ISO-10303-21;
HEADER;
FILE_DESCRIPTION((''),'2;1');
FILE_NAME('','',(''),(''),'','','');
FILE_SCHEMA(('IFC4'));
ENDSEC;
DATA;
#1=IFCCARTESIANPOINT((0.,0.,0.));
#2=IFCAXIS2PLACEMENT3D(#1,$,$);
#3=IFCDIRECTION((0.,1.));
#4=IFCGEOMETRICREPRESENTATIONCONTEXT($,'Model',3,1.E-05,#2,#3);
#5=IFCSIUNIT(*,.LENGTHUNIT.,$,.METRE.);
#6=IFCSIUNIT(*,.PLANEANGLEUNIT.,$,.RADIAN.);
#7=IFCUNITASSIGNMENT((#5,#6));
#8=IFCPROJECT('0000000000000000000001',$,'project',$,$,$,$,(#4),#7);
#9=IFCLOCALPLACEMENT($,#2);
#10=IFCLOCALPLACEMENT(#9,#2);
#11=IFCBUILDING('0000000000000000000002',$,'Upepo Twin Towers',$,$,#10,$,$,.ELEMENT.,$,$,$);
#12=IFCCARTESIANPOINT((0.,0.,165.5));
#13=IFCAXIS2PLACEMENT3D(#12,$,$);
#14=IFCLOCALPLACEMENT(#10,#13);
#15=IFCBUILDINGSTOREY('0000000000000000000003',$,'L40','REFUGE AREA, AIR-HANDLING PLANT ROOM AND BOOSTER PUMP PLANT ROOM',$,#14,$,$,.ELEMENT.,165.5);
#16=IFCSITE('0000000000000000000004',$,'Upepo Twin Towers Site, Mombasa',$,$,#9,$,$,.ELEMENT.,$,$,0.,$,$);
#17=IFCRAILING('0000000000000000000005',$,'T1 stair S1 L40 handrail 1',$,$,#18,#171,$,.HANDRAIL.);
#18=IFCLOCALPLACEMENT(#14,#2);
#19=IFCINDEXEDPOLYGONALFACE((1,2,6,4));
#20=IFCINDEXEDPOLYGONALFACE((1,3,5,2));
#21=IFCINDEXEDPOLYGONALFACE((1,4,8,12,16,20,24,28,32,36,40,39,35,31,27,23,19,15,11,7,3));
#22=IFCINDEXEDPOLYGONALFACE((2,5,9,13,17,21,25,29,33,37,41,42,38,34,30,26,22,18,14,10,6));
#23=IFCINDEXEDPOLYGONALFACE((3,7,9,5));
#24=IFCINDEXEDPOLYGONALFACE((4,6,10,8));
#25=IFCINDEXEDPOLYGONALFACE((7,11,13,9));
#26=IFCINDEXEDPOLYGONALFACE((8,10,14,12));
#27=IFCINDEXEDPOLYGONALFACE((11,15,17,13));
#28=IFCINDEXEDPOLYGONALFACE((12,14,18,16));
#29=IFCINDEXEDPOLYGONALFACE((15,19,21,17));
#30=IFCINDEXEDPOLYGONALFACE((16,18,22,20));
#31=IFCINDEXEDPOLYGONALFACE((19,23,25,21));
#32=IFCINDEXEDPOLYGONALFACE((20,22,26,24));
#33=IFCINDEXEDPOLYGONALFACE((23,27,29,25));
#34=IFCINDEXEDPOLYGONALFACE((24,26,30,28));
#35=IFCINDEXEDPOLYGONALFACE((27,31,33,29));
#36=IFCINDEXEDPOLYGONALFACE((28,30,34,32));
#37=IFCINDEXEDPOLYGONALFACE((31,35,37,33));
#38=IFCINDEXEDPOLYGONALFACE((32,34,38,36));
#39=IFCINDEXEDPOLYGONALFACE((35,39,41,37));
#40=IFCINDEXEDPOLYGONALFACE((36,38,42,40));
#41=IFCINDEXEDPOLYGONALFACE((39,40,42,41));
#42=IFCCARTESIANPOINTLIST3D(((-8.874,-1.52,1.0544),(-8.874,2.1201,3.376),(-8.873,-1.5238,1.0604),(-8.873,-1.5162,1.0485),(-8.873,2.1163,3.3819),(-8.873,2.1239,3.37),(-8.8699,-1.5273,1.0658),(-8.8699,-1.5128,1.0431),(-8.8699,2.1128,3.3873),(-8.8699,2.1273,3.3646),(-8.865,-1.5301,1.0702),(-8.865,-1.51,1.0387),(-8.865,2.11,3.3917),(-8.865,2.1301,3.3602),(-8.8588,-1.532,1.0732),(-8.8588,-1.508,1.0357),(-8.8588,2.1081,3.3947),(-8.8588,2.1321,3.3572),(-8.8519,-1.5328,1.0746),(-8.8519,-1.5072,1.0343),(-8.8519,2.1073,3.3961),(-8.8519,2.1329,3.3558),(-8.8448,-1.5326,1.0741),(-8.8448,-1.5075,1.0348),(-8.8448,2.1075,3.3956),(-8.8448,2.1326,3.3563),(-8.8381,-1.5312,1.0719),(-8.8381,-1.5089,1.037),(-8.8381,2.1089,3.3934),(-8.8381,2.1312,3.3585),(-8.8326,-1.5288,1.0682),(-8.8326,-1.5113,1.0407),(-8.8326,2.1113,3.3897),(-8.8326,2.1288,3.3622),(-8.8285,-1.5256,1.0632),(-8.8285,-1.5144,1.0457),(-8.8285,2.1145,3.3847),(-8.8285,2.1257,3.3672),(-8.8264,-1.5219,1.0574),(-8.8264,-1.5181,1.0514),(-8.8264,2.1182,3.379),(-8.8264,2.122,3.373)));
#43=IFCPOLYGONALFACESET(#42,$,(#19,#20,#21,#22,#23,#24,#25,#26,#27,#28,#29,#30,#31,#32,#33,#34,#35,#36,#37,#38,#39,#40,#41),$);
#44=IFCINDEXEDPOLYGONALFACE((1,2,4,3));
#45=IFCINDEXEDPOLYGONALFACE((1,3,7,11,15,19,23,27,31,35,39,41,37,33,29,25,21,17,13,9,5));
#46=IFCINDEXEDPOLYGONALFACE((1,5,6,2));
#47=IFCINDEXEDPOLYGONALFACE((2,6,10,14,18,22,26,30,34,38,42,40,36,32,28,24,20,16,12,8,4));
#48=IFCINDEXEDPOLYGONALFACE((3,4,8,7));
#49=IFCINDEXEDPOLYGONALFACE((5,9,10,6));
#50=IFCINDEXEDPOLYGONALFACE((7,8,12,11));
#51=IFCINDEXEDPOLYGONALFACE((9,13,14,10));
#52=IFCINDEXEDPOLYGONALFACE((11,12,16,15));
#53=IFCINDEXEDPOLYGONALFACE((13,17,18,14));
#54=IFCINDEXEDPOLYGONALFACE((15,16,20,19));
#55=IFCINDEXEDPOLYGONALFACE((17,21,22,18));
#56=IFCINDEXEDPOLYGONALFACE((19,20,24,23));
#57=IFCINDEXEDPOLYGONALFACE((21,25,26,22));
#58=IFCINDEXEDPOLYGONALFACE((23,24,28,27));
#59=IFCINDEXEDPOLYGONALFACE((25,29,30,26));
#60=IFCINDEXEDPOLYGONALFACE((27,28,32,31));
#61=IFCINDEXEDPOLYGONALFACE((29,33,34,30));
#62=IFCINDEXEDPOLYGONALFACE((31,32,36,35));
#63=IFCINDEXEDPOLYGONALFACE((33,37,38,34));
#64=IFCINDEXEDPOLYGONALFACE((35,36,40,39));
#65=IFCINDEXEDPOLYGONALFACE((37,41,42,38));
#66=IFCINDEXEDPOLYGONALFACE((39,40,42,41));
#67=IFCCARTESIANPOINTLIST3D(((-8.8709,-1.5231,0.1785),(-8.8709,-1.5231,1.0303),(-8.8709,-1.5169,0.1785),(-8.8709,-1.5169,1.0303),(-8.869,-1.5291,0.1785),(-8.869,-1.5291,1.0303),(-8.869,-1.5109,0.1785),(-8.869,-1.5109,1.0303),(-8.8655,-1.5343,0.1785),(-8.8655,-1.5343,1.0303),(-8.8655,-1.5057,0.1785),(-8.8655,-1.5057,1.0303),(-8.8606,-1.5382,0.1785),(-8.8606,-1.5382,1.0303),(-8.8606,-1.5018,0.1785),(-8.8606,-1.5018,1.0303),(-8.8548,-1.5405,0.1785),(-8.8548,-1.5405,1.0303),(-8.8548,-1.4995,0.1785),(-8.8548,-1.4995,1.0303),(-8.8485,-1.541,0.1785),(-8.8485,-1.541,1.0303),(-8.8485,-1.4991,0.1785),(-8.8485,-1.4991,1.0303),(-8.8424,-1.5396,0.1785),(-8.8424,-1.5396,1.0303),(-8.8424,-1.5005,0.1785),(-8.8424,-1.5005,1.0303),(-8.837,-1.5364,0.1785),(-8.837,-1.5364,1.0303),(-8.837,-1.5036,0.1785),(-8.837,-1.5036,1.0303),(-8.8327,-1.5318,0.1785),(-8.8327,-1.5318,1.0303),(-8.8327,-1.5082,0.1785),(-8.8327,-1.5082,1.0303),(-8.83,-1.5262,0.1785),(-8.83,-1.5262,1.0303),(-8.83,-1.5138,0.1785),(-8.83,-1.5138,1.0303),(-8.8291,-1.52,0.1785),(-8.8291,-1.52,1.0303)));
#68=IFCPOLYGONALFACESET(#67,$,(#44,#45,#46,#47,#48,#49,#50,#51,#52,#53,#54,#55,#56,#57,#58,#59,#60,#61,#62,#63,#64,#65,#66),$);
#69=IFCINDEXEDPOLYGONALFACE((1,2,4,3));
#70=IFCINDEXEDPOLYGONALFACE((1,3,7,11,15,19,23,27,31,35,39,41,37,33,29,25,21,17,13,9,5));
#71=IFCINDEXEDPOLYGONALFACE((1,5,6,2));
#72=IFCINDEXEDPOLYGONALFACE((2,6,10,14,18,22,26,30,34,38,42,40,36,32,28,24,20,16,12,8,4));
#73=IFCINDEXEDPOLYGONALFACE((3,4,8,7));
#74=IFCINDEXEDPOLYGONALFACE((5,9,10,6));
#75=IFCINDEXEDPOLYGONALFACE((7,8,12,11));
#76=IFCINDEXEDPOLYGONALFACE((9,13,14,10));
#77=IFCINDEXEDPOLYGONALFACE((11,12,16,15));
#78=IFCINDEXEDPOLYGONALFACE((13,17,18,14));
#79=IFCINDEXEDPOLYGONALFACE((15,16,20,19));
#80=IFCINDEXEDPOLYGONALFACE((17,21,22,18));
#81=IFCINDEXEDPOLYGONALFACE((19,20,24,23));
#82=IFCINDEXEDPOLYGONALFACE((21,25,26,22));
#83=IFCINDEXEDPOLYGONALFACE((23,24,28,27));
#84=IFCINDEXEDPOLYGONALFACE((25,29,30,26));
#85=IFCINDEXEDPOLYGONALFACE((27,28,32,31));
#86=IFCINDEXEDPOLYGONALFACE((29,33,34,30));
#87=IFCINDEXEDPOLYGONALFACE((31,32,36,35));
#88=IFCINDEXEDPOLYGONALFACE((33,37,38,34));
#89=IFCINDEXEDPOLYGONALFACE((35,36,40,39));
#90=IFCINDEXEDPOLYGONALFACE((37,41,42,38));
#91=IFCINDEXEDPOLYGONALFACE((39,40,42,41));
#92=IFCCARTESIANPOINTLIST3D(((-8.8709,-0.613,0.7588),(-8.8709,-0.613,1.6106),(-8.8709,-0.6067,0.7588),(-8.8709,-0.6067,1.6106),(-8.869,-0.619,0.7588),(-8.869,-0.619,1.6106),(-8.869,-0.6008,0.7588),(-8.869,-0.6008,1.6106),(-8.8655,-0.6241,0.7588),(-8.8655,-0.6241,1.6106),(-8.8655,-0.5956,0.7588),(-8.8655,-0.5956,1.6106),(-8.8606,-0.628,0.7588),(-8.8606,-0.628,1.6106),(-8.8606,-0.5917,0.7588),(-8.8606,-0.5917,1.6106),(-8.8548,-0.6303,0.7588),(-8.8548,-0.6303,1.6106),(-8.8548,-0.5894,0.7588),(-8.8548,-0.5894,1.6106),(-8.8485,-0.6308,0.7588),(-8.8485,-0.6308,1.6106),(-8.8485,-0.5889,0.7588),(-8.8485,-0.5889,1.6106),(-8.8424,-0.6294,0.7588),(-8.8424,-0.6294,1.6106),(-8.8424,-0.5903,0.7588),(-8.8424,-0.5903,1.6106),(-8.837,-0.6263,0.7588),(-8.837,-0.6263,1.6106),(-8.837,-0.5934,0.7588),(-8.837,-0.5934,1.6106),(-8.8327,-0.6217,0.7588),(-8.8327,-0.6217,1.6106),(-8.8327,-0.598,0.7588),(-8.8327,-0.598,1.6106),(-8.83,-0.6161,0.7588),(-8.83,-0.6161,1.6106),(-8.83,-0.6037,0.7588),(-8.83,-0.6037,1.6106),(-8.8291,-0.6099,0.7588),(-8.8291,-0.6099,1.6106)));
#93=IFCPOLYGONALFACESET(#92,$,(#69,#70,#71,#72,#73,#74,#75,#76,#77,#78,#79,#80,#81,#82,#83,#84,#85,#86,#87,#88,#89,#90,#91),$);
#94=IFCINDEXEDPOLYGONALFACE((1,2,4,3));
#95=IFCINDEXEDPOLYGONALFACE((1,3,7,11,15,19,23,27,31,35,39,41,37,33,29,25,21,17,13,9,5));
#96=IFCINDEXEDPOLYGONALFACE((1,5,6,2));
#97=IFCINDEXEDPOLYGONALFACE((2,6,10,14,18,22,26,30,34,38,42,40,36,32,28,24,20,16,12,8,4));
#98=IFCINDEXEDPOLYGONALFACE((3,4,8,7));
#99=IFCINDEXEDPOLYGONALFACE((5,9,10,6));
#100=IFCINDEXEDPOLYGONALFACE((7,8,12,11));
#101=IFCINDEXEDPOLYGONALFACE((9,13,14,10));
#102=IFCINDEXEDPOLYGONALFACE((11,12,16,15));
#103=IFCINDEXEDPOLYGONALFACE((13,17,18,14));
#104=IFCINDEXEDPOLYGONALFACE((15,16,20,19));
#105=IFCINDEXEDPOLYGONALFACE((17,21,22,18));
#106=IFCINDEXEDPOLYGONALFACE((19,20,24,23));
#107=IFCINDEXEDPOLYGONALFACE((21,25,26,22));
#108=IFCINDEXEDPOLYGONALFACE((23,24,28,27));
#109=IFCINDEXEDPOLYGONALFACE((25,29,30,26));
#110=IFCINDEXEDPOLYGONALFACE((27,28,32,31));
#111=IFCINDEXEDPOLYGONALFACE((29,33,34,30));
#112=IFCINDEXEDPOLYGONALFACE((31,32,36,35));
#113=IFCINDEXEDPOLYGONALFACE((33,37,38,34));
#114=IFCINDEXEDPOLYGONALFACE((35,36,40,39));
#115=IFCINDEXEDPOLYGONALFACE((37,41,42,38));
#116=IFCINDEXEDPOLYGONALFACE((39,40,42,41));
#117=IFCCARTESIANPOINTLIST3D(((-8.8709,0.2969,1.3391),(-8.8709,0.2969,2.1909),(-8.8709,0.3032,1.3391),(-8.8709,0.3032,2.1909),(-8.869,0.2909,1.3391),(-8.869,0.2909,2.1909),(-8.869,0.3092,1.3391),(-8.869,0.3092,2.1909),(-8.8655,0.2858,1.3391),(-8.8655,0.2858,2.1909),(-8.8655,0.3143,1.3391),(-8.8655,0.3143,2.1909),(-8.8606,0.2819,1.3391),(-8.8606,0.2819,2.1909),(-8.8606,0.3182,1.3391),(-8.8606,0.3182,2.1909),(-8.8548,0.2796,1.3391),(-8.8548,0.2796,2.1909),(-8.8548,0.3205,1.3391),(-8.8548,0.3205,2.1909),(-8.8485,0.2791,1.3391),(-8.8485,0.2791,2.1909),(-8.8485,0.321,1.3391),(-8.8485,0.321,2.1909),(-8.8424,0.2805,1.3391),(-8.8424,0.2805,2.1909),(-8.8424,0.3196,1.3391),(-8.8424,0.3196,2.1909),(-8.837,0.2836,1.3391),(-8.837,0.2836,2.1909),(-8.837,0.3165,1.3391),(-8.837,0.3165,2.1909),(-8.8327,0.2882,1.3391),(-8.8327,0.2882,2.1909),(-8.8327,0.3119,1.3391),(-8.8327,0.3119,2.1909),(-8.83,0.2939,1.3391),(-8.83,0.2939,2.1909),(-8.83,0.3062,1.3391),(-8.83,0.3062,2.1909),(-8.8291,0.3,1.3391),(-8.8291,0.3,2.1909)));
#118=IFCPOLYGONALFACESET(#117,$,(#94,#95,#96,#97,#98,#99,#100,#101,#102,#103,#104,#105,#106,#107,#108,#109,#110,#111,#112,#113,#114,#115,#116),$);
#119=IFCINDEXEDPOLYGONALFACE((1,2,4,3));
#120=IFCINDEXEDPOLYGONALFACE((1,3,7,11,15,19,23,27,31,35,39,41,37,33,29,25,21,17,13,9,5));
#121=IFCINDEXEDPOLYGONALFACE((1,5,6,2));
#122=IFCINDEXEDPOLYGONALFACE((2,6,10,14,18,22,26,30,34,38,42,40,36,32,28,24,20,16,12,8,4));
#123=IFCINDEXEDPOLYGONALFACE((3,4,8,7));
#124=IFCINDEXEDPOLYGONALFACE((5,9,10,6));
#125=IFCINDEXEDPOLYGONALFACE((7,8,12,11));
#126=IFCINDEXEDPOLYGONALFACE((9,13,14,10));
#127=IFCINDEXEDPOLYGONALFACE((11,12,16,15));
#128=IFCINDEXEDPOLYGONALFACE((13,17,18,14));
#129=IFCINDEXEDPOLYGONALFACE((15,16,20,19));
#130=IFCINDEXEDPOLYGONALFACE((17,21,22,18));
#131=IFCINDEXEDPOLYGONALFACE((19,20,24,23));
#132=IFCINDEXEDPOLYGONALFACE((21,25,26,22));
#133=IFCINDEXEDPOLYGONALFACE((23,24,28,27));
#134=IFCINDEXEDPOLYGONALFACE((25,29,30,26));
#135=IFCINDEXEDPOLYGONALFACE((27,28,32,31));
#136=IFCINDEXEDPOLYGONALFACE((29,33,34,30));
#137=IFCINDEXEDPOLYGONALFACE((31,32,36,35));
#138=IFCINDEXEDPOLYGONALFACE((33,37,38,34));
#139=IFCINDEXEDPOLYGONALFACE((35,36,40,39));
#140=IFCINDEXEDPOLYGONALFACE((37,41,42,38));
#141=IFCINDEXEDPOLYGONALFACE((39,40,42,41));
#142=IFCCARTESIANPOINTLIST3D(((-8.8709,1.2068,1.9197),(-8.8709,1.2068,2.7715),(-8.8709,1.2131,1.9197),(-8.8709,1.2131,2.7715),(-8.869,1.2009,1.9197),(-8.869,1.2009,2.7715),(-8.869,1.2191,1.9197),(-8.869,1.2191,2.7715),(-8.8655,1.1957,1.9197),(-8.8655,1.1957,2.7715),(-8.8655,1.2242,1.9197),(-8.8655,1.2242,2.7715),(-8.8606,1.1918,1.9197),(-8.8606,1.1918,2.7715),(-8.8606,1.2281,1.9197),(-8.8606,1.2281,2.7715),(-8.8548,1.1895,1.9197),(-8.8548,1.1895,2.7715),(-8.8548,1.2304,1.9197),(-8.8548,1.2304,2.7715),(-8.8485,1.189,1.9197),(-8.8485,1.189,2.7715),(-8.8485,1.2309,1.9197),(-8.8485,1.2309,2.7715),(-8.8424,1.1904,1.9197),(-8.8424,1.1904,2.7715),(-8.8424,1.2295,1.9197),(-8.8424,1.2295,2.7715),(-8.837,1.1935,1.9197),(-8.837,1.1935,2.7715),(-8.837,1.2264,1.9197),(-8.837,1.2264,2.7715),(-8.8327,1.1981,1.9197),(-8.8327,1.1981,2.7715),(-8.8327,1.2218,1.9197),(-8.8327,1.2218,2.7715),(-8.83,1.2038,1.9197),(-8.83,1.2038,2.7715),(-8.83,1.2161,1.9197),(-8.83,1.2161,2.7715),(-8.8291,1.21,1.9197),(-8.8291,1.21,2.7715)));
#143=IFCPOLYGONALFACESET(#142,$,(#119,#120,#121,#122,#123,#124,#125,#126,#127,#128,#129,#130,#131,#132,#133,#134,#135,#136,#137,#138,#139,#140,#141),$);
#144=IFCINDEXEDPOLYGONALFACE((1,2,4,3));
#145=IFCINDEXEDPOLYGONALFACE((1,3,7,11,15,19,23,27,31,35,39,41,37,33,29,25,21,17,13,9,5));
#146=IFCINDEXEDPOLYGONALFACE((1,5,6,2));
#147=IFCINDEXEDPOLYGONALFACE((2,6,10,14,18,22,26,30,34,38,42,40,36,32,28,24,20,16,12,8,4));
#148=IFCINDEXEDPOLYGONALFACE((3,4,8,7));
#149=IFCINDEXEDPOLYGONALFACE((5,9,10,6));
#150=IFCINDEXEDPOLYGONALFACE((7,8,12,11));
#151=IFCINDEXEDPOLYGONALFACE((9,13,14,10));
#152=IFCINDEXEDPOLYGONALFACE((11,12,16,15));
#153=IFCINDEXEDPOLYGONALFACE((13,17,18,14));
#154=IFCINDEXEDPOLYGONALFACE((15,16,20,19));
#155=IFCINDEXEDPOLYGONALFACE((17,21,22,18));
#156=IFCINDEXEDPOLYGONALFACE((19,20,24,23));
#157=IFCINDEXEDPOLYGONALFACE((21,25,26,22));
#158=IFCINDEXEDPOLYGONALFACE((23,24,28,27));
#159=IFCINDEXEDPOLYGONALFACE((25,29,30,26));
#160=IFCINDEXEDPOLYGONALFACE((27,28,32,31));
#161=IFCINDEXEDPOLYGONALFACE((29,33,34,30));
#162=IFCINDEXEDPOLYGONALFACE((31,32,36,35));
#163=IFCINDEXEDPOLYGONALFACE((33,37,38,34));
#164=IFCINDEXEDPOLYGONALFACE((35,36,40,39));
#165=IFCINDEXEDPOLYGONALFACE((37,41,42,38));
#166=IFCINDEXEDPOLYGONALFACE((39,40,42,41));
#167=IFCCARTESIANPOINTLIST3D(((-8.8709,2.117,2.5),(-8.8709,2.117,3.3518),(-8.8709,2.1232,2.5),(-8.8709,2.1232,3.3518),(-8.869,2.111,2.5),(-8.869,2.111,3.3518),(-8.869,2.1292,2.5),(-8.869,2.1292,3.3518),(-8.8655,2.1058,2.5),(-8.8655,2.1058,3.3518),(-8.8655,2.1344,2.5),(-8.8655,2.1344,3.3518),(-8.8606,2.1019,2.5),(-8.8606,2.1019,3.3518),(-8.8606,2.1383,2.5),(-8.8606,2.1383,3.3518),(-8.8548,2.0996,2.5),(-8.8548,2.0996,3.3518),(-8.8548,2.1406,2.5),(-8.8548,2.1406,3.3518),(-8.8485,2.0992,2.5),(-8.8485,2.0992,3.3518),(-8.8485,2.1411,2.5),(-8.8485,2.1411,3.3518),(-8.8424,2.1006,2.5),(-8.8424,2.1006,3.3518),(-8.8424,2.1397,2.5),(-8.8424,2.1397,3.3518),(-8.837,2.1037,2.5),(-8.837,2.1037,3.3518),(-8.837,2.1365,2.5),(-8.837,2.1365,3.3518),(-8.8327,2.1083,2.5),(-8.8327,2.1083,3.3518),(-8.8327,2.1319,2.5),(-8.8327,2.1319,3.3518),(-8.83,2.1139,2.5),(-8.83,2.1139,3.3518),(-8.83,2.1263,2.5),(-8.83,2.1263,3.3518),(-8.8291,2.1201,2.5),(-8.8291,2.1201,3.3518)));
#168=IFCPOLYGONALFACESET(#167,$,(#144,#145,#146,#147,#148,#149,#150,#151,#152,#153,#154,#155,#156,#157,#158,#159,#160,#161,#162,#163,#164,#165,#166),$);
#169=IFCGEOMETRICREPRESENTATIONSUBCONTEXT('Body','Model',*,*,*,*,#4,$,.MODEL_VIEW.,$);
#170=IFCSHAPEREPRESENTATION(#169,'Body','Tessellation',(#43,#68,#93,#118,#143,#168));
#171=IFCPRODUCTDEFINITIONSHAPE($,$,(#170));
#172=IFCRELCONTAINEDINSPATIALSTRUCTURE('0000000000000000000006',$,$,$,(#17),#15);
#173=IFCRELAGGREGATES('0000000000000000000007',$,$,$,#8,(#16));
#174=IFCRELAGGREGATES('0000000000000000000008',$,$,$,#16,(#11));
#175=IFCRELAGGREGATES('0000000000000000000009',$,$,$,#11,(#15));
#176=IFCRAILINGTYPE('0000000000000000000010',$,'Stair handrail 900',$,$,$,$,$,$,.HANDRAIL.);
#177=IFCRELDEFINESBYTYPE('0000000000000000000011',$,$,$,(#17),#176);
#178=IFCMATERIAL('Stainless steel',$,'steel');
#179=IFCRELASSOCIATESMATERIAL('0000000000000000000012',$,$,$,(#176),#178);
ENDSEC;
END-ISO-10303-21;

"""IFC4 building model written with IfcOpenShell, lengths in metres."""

from ifc_helpers import new_model, si_unit, direction, frame, origin, origin_2d, place, context, subcontext, project, spatial, circle, extrude, material, type_object, element, save


model = new_model("IFC4")

# Units and contexts
model_context = context("Model", 3, precision=1e-05, world=origin(), true_north=direction((0.0, 1.0)))
body_context = subcontext(model_context, "Body", "Model", "MODEL_VIEW")
ifc_project = project(units=[si_unit("LENGTHUNIT", "METRE"), si_unit("PLANEANGLEUNIT", "RADIAN")], contexts=[model_context])

# Site, building, storey
site_placement = place(None, origin())
site = spatial("IfcSite", under=ifc_project, at=site_placement, Name="Upepo Twin Towers Site, Mombasa", CompositionType="ELEMENT", RefElevation=0.0)
building_placement = place(site_placement, origin())
building = spatial("IfcBuilding", under=site, at=building_placement, Name="Upepo Twin Towers", CompositionType="ELEMENT")
storey_placement = place(building_placement, frame((0.0, 0.0, 165.5)))
storey = spatial("IfcBuildingStorey", under=building, at=storey_placement, Name="L40", Description="REFUGE AREA, AIR-HANDLING PLANT ROOM AND BOOSTER PUMP PLANT ROOM", CompositionType="ELEMENT", Elevation=165.5)

# Railing
ifc_material_1 = material(Name="Stainless steel", Category="steel")
railing_type_1 = type_object("IfcRailingType", Name="Stair handrail 900", PredefinedType="HANDRAIL", material=ifc_material_1)
railing_1_placement = place(storey_placement, frame((-8.8501, -1.52, 0.1785)))
element("IfcRailing", 1, at=railing_1_placement, inside=storey, type_object=railing_type_1, Name="T1 stair S1 L40 handrail 1", PredefinedType="HANDRAIL", context=body_context, shape_type="SweptSolid", body=[
    extrude(circle(Radius=0.0239, at=origin_2d()), frame((0.0, 0.0, 0.876), z_axis=(0.0, 0.843128, 0.537713), x_axis=(-1.0, 0.0, 0.0)), (0.0, 0.0, 1.0), 4.3174),
    extrude(circle(Radius=0.021, at=origin_2d()), origin(), (0.0, 0.0, 1.0), 0.8518),
    extrude(circle(Radius=0.021, at=origin_2d()), frame((0.0, 0.9102, 0.5803)), (0.0, 0.0, 1.0), 0.8518),
    extrude(circle(Radius=0.021, at=origin_2d()), frame((0.0, 1.8201, 1.1606)), (0.0, 0.0, 1.0), 0.8518),
    extrude(circle(Radius=0.021, at=origin_2d()), frame((0.0, 2.73, 1.7412)), (0.0, 0.0, 1.0), 0.8518),
    extrude(circle(Radius=0.021, at=origin_2d()), frame((0.0, 3.6401, 2.3215)), (0.0, 0.0, 1.0), 0.8518),
])

save(model, "model.ifc")
